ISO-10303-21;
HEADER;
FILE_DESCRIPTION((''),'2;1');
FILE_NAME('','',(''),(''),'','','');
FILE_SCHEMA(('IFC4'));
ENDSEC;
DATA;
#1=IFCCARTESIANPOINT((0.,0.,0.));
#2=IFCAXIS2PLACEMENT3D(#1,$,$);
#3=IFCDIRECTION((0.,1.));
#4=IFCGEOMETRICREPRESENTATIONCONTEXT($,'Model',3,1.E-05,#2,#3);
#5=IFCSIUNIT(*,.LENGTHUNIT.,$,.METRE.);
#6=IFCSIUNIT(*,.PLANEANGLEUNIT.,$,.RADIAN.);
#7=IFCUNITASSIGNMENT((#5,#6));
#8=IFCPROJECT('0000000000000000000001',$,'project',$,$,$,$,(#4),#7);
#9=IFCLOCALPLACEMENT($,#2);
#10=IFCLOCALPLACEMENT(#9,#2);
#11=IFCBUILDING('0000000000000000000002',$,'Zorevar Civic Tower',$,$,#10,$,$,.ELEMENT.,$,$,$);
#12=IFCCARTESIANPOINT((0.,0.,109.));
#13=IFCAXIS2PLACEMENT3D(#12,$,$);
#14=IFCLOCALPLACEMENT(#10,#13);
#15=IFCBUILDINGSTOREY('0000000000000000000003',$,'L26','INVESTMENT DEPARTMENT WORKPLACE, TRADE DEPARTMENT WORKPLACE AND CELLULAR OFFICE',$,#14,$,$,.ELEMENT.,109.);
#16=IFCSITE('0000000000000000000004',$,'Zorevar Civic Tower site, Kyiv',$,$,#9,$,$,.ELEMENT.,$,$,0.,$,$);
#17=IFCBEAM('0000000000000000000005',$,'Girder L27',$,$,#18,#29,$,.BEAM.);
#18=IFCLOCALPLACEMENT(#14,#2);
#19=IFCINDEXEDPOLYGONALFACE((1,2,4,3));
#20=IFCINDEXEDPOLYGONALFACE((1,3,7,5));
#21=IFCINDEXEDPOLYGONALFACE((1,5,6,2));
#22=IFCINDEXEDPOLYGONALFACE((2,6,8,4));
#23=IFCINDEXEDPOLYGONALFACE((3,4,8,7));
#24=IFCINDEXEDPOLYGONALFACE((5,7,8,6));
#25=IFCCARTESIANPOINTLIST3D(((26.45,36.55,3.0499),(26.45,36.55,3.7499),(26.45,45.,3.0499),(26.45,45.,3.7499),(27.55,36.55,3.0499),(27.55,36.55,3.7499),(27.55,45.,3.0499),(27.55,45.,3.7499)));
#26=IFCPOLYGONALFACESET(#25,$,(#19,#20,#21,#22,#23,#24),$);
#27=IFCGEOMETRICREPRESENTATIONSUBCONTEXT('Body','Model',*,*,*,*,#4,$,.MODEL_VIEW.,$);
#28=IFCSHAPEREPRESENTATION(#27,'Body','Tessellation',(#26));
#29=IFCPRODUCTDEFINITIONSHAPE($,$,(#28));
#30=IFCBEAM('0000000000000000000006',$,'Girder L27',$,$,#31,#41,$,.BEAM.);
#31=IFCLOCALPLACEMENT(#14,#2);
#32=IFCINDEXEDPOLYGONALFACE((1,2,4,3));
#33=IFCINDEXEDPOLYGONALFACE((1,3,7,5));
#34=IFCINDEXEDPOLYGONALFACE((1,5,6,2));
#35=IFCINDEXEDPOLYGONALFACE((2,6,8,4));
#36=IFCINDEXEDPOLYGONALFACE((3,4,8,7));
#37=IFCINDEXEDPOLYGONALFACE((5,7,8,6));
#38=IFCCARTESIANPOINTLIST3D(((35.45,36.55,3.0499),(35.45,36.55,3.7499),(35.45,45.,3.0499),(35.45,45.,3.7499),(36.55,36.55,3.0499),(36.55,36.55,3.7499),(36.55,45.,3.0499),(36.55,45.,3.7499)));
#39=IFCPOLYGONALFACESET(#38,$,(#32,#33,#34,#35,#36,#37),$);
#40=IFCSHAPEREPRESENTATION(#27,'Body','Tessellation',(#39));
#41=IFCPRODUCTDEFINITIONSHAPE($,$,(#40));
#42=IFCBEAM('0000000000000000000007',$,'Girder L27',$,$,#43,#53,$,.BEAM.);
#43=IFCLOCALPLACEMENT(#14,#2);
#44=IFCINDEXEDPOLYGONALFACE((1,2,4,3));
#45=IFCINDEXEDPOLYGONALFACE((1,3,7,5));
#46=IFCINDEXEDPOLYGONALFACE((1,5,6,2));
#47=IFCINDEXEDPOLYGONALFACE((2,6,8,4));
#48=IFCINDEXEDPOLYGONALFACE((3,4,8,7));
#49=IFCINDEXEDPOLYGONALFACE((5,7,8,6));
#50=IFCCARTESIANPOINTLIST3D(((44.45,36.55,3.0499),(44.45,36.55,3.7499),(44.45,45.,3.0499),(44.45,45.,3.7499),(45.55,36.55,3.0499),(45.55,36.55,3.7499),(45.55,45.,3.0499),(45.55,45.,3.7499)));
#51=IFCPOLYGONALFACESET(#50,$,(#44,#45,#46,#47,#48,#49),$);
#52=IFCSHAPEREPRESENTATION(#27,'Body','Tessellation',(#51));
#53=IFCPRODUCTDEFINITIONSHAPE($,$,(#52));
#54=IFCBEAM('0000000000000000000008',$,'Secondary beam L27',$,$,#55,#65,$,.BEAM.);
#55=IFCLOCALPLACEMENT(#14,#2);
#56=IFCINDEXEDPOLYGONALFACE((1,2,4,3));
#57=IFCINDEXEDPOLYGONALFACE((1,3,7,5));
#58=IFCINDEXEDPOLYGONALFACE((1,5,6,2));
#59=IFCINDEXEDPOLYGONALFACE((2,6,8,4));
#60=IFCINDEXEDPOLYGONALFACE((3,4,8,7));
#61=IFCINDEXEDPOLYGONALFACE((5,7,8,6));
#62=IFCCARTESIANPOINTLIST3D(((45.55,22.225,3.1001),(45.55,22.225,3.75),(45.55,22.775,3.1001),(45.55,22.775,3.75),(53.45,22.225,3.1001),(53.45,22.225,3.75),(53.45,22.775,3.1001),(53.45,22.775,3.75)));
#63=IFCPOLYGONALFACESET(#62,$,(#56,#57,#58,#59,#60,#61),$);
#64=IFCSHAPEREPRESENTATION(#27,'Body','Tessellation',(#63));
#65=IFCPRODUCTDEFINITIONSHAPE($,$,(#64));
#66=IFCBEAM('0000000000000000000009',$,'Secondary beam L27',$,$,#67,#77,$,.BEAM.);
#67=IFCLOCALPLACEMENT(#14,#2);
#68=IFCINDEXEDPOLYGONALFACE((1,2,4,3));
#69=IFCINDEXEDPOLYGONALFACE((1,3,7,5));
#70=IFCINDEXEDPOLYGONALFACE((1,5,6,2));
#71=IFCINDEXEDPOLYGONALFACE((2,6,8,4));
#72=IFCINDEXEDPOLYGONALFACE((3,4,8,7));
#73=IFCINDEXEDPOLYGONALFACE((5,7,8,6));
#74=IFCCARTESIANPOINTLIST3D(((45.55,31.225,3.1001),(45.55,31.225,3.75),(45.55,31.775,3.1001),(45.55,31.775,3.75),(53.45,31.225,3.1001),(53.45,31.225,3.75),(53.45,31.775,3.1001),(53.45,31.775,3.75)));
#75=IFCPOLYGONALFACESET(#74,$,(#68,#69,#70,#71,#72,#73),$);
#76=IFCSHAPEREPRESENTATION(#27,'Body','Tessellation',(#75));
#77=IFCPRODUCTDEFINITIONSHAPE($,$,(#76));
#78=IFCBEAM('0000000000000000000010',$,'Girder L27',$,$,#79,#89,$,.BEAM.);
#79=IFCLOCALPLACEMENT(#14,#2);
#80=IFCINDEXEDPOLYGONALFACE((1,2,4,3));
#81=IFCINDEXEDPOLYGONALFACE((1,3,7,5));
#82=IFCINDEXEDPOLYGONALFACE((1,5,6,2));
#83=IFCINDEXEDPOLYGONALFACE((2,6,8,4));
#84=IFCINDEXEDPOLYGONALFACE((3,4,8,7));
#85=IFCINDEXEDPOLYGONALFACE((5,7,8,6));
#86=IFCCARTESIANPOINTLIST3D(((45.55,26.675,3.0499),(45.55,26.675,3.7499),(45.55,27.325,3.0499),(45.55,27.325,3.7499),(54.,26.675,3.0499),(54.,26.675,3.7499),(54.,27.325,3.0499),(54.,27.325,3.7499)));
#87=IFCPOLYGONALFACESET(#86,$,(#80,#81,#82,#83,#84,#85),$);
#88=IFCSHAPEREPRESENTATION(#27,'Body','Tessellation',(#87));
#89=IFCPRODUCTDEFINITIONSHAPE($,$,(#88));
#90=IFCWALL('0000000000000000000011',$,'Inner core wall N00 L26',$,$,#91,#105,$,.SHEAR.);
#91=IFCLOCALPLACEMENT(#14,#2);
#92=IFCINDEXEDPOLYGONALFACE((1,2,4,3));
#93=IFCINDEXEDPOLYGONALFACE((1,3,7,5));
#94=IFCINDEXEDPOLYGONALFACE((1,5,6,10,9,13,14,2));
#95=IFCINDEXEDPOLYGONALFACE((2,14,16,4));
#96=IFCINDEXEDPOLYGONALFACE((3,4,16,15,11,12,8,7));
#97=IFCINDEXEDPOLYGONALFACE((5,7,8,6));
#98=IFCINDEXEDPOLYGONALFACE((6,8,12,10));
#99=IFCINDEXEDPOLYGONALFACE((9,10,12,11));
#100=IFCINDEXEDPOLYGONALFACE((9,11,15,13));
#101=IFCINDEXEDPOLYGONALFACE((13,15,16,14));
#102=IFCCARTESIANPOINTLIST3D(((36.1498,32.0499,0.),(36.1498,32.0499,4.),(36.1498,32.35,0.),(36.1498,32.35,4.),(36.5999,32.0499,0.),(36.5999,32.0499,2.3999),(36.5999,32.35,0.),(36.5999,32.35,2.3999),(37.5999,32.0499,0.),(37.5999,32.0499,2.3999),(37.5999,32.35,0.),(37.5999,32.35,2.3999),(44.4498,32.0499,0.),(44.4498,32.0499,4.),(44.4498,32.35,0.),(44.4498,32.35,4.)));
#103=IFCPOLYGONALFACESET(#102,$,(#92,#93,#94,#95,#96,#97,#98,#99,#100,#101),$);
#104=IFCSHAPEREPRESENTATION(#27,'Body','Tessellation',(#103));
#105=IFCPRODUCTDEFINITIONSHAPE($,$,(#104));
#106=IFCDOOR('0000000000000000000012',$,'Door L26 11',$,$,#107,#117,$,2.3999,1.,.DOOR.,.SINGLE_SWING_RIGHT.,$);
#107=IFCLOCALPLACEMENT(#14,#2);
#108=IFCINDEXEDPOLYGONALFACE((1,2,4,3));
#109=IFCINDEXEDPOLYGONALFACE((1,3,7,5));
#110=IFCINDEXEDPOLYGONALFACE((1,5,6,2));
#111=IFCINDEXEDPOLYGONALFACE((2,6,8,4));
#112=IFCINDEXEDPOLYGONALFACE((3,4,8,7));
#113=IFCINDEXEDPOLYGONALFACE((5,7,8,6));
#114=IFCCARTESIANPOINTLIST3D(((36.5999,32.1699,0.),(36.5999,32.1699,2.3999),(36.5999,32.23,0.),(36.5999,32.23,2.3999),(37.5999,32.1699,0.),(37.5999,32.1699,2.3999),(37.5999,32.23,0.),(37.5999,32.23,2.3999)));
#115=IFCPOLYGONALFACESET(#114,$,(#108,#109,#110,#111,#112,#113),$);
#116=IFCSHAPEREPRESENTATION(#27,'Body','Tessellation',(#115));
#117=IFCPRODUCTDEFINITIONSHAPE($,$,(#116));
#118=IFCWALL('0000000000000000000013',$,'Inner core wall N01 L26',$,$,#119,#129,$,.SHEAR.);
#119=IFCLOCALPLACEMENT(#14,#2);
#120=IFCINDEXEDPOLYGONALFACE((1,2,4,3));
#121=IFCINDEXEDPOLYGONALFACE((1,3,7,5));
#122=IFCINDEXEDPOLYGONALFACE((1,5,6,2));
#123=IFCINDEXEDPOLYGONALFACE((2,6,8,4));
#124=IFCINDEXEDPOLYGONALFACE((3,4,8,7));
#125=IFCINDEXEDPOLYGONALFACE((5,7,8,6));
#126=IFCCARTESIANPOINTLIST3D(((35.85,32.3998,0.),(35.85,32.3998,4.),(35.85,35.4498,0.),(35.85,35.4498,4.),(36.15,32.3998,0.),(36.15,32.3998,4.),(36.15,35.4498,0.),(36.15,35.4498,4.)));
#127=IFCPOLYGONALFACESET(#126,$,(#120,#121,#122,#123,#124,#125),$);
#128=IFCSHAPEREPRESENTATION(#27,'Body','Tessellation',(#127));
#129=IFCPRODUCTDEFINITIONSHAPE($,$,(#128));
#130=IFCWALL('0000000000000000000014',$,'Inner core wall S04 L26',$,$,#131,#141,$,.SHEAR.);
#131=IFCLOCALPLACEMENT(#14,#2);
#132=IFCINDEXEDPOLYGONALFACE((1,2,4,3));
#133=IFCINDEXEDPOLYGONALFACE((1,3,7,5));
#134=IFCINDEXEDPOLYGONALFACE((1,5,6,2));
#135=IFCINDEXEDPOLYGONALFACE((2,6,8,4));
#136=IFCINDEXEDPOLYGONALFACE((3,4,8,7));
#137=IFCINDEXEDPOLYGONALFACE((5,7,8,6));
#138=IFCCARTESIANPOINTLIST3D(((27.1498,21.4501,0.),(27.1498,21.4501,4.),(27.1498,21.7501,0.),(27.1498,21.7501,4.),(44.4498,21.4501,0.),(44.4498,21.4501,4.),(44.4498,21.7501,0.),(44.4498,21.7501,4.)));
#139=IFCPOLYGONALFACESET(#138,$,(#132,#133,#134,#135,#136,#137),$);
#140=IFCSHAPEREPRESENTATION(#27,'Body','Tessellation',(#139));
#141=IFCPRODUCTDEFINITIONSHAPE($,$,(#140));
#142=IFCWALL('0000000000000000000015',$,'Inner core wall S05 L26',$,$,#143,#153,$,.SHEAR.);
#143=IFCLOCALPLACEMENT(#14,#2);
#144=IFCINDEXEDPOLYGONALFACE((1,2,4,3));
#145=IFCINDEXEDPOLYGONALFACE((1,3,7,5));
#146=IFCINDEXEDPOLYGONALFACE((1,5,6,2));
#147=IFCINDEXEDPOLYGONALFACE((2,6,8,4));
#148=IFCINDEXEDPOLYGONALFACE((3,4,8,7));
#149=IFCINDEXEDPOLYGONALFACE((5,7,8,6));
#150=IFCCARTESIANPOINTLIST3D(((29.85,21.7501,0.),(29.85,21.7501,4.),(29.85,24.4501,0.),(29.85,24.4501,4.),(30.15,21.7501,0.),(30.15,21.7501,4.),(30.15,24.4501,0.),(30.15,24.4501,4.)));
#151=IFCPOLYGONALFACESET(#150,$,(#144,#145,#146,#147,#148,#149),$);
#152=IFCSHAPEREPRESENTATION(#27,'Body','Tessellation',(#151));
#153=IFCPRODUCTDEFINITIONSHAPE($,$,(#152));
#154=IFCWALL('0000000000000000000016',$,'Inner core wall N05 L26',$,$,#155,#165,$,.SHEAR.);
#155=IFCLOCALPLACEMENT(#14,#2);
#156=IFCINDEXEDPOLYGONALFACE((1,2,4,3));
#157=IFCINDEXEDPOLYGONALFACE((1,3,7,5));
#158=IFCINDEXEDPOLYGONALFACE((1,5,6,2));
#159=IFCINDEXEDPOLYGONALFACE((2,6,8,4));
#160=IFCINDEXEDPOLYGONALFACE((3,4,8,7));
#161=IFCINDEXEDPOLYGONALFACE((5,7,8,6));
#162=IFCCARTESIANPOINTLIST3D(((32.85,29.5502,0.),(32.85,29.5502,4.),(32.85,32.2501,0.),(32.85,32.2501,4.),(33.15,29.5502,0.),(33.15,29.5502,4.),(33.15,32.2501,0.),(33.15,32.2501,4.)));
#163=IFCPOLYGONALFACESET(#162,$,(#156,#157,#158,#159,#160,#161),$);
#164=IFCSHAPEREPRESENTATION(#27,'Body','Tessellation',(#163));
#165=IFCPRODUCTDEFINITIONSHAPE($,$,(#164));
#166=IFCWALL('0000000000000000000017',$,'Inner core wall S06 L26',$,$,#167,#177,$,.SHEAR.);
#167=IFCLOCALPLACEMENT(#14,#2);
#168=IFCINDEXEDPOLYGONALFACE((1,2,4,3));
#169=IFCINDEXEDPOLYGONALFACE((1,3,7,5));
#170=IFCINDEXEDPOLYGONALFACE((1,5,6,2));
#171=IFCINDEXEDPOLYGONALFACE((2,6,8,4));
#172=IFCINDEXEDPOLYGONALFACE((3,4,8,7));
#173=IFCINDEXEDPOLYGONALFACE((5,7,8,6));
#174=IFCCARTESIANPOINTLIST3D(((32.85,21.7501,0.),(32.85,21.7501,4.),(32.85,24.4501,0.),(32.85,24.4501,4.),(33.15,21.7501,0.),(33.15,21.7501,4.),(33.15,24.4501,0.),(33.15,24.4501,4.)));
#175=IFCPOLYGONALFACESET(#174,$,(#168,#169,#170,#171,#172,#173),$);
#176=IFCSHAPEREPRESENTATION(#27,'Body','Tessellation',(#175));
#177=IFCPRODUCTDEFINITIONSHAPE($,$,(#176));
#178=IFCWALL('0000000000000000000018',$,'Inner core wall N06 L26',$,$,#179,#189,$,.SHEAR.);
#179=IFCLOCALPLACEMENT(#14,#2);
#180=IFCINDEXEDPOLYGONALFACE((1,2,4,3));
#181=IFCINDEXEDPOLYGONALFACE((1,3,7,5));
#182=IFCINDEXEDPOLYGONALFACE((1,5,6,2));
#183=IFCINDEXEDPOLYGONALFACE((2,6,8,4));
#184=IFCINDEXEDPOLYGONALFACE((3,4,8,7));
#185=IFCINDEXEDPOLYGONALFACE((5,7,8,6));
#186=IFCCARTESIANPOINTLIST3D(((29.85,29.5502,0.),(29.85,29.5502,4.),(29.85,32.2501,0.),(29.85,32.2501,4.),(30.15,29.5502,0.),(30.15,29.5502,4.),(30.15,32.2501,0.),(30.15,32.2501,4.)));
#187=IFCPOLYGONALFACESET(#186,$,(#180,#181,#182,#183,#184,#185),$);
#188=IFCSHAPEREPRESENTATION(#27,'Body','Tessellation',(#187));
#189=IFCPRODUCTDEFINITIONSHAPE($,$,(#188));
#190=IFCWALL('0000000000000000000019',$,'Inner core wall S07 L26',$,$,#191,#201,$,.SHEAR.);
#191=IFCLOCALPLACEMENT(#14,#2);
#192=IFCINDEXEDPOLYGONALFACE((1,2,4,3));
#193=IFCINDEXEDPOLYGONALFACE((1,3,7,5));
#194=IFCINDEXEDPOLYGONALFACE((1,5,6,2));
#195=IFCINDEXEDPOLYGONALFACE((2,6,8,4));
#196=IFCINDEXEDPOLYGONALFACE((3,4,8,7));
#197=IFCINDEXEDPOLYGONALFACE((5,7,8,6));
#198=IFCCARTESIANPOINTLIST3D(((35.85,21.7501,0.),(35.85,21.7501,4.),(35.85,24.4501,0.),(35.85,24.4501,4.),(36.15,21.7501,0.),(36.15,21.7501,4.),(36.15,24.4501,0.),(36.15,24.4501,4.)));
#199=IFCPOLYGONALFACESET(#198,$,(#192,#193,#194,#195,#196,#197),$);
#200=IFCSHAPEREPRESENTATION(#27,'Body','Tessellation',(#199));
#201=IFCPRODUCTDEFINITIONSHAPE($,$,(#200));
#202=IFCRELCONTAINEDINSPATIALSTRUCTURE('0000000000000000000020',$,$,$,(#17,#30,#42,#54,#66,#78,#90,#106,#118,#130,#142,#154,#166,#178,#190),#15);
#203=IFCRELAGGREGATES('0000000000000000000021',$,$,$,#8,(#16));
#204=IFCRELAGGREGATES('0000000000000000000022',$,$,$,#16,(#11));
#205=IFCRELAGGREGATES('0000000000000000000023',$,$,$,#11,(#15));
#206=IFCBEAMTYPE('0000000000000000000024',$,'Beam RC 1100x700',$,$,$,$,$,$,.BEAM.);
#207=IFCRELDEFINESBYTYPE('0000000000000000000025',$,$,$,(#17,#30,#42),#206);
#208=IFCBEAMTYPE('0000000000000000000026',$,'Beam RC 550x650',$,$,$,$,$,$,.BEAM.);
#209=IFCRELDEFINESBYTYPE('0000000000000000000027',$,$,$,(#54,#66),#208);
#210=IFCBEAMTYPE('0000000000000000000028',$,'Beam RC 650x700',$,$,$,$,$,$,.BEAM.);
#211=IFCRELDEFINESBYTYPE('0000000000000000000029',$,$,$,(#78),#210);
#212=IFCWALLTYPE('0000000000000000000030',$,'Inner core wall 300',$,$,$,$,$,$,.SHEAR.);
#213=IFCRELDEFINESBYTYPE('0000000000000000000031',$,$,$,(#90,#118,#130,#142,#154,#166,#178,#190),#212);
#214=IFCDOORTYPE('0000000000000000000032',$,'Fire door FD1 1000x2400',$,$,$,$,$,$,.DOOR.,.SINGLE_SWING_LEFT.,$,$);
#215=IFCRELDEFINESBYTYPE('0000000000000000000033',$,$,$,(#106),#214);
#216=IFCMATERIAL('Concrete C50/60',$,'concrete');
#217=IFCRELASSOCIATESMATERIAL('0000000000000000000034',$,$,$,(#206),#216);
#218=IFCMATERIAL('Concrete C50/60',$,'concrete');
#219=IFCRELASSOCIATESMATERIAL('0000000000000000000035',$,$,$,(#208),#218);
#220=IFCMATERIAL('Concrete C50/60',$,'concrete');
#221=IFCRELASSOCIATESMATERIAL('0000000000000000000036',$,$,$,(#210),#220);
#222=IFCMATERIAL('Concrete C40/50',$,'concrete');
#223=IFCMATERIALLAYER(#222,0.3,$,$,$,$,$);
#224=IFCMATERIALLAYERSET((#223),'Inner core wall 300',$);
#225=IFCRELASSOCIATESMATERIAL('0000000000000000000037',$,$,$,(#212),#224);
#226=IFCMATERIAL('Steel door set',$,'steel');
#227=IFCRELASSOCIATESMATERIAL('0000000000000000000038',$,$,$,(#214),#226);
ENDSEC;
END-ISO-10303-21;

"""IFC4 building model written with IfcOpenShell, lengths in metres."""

from ifc_helpers import new_model, si_unit, direction, frame, frame_2d, origin, origin_2d, place, context, subcontext, project, spatial, rectangle, extrude, material, layer, layer_set, material_profile, profile_set, type_object, element, fill, save


model = new_model("IFC4")

# Units and contexts
model_context = context("Model", 3, precision=1e-05, world=origin(), true_north=direction((0.0, 1.0)))
body_context = subcontext(model_context, "Body", "Model", "MODEL_VIEW")
ifc_project = project(units=[si_unit("LENGTHUNIT", "METRE"), si_unit("PLANEANGLEUNIT", "RADIAN")], contexts=[model_context])

# Site, building, storey
site_placement = place(None, origin())
site = spatial("IfcSite", under=ifc_project, at=site_placement, Name="Zorevar Civic Tower site, Kyiv", CompositionType="ELEMENT", RefElevation=0.0)
building_placement = place(site_placement, origin())
building = spatial("IfcBuilding", under=site, at=building_placement, Name="Zorevar Civic Tower", CompositionType="ELEMENT")
storey_placement = place(building_placement, frame((0.0, 0.0, 109.0)))
storey = spatial("IfcBuildingStorey", under=building, at=storey_placement, Name="L26", Description="INVESTMENT DEPARTMENT WORKPLACE, TRADE DEPARTMENT WORKPLACE AND CELLULAR OFFICE", CompositionType="ELEMENT", Elevation=109.0)

# Beams
ifc_material_1 = material(Name="Concrete C50/60", Category="concrete")
ifc_material_profile_1 = material_profile(ifc_material_1, rectangle(XDim=1.1001, YDim=0.7, at=origin_2d()), Name="RC 1100x700")
ifc_profile_set_1 = profile_set([ifc_material_profile_1], Name="Concrete C50/60")
beam_type_1 = type_object("IfcBeamType", Name="Beam RC 1100x700", PredefinedType="BEAM", material=ifc_profile_set_1)
for number, where, z_axis, x_axis, name in (
    (1, (27.0, 36.55, 3.3999), (0.0, 1.0, 0.0), (-1.0, 0.0, 0.0), "Girder L27"),
    (2, (36.0, 36.55, 3.3999), (0.0, 1.0, 0.0), (-1.0, 0.0, 0.0), "Girder L27"),
    (3, (45.0, 36.55, 3.3999), (0.0, 1.0, 0.0), (-1.0, 0.0, 0.0), "Girder L27"),
):
    element("IfcBeam", number, at=place(storey_placement, frame(where, z_axis=z_axis, x_axis=x_axis)), inside=storey, type_object=beam_type_1, Name=name, PredefinedType="BEAM", context=body_context, shape_type="SweptSolid", body=[
        extrude(rectangle(XDim=1.1001, YDim=0.7, at=origin_2d()), origin(), (0.0, 0.0, 1.0), 8.45),
    ])
ifc_material_2 = material(Name="Concrete C50/60", Category="concrete")
ifc_material_profile_2 = material_profile(ifc_material_2, rectangle(XDim=0.55, YDim=0.6499, at=origin_2d()), Name="RC 550x650")
ifc_profile_set_2 = profile_set([ifc_material_profile_2], Name="Concrete C50/60")
beam_type_2 = type_object("IfcBeamType", Name="Beam RC 550x650", PredefinedType="BEAM", material=ifc_profile_set_2)
for number, where, z_axis, x_axis, name in (
    (4, (45.55, 22.5, 3.425), (1.0, 0.0, 0.0), (0.0, 1.0, 0.0), "Secondary beam L27"),
    (5, (45.55, 31.5, 3.425), (1.0, 0.0, 0.0), (0.0, 1.0, 0.0), "Secondary beam L27"),
):
    element("IfcBeam", number, at=place(storey_placement, frame(where, z_axis=z_axis, x_axis=x_axis)), inside=storey, type_object=beam_type_2, Name=name, PredefinedType="BEAM", context=body_context, shape_type="SweptSolid", body=[
        extrude(rectangle(XDim=0.55, YDim=0.6499, at=origin_2d()), origin(), (0.0, 0.0, 1.0), 7.8999),
    ])
ifc_material_3 = material(Name="Concrete C50/60", Category="concrete")
ifc_material_profile_3 = material_profile(ifc_material_3, rectangle(XDim=0.6499, YDim=0.7, at=origin_2d()), Name="RC 650x700")
ifc_profile_set_3 = profile_set([ifc_material_profile_3], Name="Concrete C50/60")
beam_type_3 = type_object("IfcBeamType", Name="Beam RC 650x700", PredefinedType="BEAM", material=ifc_profile_set_3)
beam_placement = place(storey_placement, frame((45.55, 27.0, 3.3999), z_axis=(1.0, 0.0, 0.0), x_axis=(0.0, 1.0, 0.0)))
element("IfcBeam", 6, at=beam_placement, inside=storey, type_object=beam_type_3, Name="Girder L27", PredefinedType="BEAM", context=body_context, shape_type="SweptSolid", body=[
    extrude(rectangle(XDim=0.6499, YDim=0.7, at=origin_2d()), origin(), (0.0, 0.0, 1.0), 8.45),
])

# Wall, opening, door
ifc_material_4 = material(Name="Concrete C40/50", Category="concrete")
ifc_layer_1 = layer(ifc_material_4, 0.3)
ifc_layer_set_1 = layer_set([ifc_layer_1], Name="Inner core wall 300")
wall_type_1 = type_object("IfcWallType", Name="Inner core wall 300", PredefinedType="SHEAR", material=ifc_layer_set_1)
wall_1_placement = place(storey_placement, frame((36.1499, 32.2, 0.0), z_axis=(0.0, 0.0, 1.0), x_axis=(1.0, 0.0, 0.0)))
wall_1 = element("IfcWall", 7, at=wall_1_placement, inside=storey, type_object=wall_type_1, Name="Inner core wall N00 L26", PredefinedType="SHEAR", context=body_context, shape_type="SweptSolid", body=[
    extrude(rectangle(XDim=8.3, YDim=0.3, at=frame_2d((4.1499, 0.0))), origin(), (0.0, 0.0, 1.0), 4.0),
])
opening_1_placement = place(wall_1_placement, frame((0.45, 0.0, 0.0)))
opening_1 = element("IfcOpeningElement", 8, at=opening_1_placement, cuts=wall_1, PredefinedType="OPENING", context=body_context, shape_type="SweptSolid", body=[
    extrude(rectangle(XDim=1.0, YDim=2.3999, at=frame_2d((0.5, 1.2))), frame((0.0, 0.1599, 0.0), z_axis=(0.0, -1.0, 0.0), x_axis=(1.0, 0.0, 0.0)), (0.0, 0.0, 1.0), 0.3201),
])
ifc_material_5 = material(Name="Steel door set", Category="steel")
door_type_1 = type_object("IfcDoorType", Name="Fire door FD1 1000x2400", OperationType="SINGLE_SWING_LEFT", PredefinedType="DOOR", material=ifc_material_5)
door_1_placement = place(opening_1_placement, origin())
door_1 = element("IfcDoor", 9, at=door_1_placement, inside=storey, type_object=door_type_1, Name="Door L26 11", OperationType="SINGLE_SWING_RIGHT", OverallHeight=2.3999, OverallWidth=1.0, PredefinedType="DOOR", context=body_context, shape_type="SweptSolid", body=[
    extrude(rectangle(XDim=1.0, YDim=2.3999, at=frame_2d((0.5, 1.2))), frame((0.0, 0.03, 0.0), z_axis=(0.0, -1.0, 0.0), x_axis=(1.0, 0.0, 0.0)), (0.0, 0.0, 1.0), 0.0601),
])
fill(opening_1, door_1)

# Wall
wall_2_placement = place(storey_placement, frame((36.0, 32.3999, 0.0), z_axis=(0.0, 0.0, 1.0), x_axis=(0.0, 1.0, 0.0)))
element("IfcWall", 10, at=wall_2_placement, inside=storey, type_object=wall_type_1, Name="Inner core wall N01 L26", PredefinedType="SHEAR", context=body_context, shape_type="SweptSolid", body=[
    extrude(rectangle(XDim=3.05, YDim=0.3, at=frame_2d((1.5249, 0.0))), origin(), (0.0, 0.0, 1.0), 4.0),
])

# Walls
wall_3_placement = place(storey_placement, frame((27.1499, 21.6001, 0.0), z_axis=(0.0, 0.0, 1.0), x_axis=(1.0, 0.0, 0.0)))
element("IfcWall", 11, at=wall_3_placement, inside=storey, type_object=wall_type_1, Name="Inner core wall S04 L26", PredefinedType="SHEAR", context=body_context, shape_type="SweptSolid", body=[
    extrude(rectangle(XDim=17.3, YDim=0.3, at=frame_2d((8.6499, 0.0))), origin(), (0.0, 0.0, 1.0), 4.0),
])
for number, where, z_axis, x_axis, name in (
    (12, (30.0, 21.75, 0.0), (0.0, 0.0, 1.0), (0.0, 1.0, 0.0), "Inner core wall S05 L26"),
    (13, (33.0, 29.55, 0.0), (0.0, 0.0, 1.0), (0.0, 1.0, 0.0), "Inner core wall N05 L26"),
    (14, (33.0, 21.75, 0.0), (0.0, 0.0, 1.0), (0.0, 1.0, 0.0), "Inner core wall S06 L26"),
    (15, (30.0, 29.55, 0.0), (0.0, 0.0, 1.0), (0.0, 1.0, 0.0), "Inner core wall N06 L26"),
    (16, (36.0, 21.75, 0.0), (0.0, 0.0, 1.0), (0.0, 1.0, 0.0), "Inner core wall S07 L26"),
):
    element("IfcWall", number, at=place(storey_placement, frame(where, z_axis=z_axis, x_axis=x_axis)), inside=storey, type_object=wall_type_1, Name=name, PredefinedType="SHEAR", context=body_context, shape_type="SweptSolid", body=[
        extrude(rectangle(XDim=2.7, YDim=0.3, at=frame_2d((1.3501, 0.0))), origin(), (0.0, 0.0, 1.0), 4.0),
    ])

save(model, "model.ifc")
